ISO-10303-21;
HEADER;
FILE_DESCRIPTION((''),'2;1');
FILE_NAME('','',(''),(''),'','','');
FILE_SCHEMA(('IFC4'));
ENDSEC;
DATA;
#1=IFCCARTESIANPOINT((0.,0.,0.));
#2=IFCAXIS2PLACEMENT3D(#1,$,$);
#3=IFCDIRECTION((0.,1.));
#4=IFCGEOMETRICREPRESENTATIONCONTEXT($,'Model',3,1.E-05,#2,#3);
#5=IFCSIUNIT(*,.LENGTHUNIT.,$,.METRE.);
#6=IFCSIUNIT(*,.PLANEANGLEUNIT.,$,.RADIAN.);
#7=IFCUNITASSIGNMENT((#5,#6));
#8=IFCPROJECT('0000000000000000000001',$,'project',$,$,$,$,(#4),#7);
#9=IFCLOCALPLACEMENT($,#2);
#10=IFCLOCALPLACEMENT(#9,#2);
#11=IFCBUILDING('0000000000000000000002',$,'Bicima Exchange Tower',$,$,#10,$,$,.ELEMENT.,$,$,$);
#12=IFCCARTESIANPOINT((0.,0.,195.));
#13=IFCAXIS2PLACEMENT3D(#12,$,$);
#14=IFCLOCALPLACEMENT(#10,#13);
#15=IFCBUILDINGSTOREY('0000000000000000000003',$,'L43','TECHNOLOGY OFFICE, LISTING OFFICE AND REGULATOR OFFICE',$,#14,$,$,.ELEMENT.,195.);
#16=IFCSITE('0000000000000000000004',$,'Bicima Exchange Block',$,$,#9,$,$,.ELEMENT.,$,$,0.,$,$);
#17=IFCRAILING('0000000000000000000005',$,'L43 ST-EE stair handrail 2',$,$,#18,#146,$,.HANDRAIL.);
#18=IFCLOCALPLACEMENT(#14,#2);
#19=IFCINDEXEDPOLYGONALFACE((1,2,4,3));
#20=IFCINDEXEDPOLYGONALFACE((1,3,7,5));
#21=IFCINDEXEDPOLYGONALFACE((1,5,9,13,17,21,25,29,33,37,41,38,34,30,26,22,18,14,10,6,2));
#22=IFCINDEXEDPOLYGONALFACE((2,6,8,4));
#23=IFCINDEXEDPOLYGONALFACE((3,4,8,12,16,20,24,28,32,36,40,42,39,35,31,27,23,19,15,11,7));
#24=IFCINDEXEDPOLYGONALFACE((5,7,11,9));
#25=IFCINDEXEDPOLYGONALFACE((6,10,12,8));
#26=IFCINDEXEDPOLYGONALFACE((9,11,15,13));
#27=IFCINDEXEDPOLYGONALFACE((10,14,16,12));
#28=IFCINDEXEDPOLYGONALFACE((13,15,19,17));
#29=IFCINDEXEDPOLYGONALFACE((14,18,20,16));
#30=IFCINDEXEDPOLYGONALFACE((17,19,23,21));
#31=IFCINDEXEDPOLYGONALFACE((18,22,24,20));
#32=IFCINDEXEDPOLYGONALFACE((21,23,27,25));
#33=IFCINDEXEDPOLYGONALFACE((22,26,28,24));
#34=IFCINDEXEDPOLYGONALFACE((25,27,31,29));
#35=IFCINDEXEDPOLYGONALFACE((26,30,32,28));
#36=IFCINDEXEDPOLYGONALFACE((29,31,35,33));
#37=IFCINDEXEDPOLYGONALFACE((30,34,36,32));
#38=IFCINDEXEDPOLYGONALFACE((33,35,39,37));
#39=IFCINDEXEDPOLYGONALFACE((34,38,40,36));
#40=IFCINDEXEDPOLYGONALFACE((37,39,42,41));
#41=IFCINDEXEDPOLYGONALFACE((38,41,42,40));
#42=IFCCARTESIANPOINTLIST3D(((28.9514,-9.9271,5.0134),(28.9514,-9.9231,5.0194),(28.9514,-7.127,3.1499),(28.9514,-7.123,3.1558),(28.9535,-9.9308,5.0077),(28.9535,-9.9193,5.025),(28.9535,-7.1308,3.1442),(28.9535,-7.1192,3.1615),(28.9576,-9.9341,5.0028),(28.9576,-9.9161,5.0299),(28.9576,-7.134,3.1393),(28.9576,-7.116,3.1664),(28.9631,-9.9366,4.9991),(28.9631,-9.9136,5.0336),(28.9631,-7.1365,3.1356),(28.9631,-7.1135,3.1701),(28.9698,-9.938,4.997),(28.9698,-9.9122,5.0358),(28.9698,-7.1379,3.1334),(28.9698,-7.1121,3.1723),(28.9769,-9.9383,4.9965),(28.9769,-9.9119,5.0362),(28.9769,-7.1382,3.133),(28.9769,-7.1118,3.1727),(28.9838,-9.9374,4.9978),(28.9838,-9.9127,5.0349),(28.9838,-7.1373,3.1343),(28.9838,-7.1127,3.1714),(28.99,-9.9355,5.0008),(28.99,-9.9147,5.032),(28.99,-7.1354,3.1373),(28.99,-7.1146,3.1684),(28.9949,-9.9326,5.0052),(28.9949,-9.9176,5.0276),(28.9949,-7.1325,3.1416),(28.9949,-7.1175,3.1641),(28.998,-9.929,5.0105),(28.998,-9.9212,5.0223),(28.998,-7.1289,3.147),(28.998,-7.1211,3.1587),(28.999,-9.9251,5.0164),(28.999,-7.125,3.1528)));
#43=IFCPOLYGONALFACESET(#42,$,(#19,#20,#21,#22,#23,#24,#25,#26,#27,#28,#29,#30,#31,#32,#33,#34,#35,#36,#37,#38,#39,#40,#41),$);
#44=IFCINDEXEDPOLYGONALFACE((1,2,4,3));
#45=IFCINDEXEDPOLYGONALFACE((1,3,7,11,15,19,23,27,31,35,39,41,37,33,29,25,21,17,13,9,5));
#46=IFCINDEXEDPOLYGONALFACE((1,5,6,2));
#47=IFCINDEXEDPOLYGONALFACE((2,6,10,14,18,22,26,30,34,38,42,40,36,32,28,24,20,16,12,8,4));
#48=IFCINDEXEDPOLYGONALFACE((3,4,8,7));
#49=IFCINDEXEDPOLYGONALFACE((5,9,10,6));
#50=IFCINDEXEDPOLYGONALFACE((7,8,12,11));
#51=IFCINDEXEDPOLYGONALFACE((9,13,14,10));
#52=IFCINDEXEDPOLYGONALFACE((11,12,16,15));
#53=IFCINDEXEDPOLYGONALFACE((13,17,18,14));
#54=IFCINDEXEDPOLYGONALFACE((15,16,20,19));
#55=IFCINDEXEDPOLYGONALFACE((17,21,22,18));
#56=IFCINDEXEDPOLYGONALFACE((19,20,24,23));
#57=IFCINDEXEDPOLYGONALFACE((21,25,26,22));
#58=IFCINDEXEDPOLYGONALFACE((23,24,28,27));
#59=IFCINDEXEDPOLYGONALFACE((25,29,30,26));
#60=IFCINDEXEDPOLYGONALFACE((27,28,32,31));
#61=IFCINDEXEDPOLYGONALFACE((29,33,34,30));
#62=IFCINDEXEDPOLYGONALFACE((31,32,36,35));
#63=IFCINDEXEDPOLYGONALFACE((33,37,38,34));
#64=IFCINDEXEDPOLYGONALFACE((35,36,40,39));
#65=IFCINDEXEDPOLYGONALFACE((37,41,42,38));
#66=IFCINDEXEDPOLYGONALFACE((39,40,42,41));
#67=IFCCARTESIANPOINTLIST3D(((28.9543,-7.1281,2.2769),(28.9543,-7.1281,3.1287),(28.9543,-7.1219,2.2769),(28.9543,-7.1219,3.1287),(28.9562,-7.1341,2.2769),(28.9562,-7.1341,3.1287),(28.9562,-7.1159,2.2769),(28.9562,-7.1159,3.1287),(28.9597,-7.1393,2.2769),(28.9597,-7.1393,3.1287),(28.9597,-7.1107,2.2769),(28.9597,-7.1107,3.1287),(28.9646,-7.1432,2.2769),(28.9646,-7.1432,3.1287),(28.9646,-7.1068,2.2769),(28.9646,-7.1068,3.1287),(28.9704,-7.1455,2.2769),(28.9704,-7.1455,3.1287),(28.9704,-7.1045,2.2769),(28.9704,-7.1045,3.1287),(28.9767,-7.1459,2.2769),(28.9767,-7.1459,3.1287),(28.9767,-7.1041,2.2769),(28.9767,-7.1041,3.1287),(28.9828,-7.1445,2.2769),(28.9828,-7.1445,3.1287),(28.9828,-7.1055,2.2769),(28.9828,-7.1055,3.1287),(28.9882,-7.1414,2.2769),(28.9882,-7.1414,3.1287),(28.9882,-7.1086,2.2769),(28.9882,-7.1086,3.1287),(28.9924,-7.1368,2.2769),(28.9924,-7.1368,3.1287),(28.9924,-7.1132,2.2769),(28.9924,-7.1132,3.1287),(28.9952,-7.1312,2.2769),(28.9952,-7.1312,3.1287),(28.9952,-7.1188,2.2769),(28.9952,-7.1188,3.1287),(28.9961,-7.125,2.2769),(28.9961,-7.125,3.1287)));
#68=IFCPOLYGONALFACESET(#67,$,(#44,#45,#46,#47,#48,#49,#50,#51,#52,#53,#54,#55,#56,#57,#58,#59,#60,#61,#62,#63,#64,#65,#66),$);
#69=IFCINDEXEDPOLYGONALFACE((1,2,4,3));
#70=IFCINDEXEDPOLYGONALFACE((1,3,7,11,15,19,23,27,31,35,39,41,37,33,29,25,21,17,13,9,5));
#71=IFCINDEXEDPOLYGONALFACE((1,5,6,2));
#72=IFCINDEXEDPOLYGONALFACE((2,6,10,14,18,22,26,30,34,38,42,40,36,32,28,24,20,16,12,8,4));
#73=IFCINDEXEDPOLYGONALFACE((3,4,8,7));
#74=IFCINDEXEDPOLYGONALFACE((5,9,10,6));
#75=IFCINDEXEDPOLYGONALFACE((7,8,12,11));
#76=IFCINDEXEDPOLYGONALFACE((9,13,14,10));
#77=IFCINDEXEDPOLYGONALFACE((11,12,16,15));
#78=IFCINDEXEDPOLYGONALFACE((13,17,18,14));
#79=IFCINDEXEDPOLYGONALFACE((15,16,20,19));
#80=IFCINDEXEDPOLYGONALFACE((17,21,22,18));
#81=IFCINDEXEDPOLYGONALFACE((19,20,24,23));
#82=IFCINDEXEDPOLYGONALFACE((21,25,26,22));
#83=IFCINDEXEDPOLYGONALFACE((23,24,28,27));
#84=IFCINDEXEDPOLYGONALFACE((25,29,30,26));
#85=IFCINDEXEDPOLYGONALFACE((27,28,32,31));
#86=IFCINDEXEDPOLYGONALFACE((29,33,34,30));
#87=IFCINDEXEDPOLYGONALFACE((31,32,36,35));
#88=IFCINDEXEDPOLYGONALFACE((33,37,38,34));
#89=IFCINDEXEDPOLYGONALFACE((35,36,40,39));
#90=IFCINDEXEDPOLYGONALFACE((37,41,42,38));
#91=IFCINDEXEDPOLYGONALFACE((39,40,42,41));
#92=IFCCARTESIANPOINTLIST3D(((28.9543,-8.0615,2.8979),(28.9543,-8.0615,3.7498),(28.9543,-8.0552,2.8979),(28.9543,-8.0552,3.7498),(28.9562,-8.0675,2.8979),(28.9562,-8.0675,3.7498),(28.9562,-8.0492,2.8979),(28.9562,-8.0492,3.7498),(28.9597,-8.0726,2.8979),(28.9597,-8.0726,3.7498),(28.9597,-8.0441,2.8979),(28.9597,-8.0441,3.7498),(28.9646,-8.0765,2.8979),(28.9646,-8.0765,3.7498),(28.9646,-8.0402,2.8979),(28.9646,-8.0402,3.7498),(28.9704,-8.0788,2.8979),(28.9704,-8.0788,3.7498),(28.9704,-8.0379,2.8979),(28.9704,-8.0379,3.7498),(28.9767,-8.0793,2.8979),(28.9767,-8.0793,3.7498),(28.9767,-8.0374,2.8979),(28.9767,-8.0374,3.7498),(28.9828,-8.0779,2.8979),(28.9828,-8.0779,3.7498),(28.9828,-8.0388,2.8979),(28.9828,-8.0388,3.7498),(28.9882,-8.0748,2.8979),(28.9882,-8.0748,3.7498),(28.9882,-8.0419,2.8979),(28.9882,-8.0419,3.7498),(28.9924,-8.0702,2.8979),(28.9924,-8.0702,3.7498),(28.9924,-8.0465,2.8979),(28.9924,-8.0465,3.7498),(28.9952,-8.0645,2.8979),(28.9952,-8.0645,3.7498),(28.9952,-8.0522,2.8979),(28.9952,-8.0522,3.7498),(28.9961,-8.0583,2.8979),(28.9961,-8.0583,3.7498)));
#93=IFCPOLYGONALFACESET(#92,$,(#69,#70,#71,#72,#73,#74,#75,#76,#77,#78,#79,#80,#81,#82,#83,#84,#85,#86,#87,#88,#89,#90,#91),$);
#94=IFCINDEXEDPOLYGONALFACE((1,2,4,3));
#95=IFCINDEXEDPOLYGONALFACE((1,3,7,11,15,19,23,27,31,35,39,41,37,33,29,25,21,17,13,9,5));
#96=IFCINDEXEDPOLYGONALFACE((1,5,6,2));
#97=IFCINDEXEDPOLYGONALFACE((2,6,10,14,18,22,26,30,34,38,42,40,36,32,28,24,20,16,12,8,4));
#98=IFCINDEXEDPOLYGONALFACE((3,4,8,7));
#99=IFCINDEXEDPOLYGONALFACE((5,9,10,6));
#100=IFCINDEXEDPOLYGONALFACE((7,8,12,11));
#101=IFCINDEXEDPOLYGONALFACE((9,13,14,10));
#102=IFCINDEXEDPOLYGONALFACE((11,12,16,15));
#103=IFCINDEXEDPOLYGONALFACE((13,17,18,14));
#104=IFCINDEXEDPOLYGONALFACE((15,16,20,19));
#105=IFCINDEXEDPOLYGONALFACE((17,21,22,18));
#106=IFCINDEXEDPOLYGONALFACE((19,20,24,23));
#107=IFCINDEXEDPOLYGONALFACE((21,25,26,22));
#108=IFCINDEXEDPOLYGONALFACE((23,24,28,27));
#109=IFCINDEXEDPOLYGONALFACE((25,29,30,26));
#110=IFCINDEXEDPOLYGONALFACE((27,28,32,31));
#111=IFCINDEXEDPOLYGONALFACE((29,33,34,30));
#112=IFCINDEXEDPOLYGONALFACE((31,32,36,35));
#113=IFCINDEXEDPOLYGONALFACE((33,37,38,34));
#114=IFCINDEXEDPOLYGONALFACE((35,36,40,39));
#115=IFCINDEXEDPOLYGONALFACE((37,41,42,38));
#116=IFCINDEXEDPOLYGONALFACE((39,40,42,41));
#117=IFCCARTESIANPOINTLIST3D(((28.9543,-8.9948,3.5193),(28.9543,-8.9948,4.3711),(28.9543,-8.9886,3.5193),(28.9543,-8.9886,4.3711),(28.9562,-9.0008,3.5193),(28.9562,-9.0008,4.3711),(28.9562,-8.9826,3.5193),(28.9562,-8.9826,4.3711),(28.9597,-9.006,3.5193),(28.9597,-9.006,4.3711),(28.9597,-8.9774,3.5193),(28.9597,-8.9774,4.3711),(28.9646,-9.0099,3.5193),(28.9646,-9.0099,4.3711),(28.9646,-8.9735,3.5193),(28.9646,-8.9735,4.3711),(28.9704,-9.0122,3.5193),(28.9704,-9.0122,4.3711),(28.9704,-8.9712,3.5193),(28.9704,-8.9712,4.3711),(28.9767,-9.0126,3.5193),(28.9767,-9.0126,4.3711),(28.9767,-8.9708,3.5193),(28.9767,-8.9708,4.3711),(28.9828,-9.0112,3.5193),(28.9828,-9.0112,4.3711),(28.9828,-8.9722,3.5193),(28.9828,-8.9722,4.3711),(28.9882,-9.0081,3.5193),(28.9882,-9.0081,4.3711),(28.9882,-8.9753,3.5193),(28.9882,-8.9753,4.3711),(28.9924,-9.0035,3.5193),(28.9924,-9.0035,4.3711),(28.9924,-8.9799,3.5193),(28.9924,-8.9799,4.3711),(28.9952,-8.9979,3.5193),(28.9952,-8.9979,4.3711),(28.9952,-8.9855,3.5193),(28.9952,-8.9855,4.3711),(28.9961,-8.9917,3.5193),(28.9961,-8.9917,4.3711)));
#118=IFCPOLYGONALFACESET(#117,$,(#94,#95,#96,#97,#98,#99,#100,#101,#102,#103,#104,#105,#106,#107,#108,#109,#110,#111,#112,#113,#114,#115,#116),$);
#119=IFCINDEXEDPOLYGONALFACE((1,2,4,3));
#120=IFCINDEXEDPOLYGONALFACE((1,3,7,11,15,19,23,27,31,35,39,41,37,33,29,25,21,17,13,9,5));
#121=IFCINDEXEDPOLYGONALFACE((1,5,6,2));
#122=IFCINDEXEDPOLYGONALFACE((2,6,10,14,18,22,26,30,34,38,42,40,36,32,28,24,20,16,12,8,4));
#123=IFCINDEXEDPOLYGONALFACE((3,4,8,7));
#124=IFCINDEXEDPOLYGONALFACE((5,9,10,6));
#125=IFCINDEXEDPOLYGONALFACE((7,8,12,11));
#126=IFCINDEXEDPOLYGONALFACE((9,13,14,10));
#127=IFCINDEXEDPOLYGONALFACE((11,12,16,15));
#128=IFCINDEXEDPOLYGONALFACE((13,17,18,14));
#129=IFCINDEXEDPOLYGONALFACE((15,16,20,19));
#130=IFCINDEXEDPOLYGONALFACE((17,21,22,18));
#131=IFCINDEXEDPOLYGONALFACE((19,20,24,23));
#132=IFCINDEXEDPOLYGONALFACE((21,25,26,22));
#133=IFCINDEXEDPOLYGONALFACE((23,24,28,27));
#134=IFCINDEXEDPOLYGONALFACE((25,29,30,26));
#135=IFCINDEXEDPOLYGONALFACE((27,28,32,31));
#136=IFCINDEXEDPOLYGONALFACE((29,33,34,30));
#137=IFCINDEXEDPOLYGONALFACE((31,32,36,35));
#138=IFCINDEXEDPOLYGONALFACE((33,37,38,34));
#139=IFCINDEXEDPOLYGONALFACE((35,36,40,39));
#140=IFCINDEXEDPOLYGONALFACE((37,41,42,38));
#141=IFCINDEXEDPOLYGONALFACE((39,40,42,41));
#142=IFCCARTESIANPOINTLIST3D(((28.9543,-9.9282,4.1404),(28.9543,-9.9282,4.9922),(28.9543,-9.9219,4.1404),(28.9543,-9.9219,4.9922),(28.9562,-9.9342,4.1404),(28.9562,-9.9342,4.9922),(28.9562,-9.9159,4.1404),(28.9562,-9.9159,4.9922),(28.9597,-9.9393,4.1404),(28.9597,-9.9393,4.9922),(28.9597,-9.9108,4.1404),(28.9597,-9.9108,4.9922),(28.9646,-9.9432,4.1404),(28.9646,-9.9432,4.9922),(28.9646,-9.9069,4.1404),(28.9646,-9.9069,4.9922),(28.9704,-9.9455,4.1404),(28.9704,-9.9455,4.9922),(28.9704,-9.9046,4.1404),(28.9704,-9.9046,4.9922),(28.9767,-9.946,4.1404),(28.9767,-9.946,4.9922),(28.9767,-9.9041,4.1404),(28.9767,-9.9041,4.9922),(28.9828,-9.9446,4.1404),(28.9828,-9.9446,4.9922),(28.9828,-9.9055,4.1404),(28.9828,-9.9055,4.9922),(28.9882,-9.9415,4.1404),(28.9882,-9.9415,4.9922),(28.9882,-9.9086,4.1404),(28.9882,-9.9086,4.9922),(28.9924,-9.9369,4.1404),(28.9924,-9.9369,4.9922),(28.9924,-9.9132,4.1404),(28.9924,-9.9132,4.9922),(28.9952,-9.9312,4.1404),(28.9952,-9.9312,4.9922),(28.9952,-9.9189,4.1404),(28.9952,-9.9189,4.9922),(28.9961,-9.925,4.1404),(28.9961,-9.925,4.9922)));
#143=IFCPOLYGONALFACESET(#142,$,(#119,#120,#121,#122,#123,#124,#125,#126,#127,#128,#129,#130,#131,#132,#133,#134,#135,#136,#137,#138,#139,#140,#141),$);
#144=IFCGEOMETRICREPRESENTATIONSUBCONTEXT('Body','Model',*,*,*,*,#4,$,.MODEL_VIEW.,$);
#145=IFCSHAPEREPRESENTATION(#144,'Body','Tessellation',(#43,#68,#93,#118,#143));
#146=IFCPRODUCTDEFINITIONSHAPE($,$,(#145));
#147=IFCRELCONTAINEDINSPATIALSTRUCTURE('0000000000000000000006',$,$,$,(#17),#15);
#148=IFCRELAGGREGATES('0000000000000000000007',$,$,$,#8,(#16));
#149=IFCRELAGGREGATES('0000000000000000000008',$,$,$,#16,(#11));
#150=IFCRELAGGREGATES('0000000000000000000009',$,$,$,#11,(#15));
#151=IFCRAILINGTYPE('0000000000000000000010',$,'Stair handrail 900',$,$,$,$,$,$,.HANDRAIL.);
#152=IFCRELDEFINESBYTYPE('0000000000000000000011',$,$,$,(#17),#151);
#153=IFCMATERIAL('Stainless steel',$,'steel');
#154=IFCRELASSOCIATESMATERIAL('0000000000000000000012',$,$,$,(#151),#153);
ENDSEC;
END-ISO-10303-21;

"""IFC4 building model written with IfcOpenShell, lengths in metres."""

from ifc_helpers import new_model, si_unit, direction, frame, origin, origin_2d, place, context, subcontext, project, spatial, circle, extrude, material, type_object, element, save


model = new_model("IFC4")

# Units and contexts
model_context = context("Model", 3, precision=1e-05, world=origin(), true_north=direction((0.0, 1.0)))
body_context = subcontext(model_context, "Body", "Model", "MODEL_VIEW")
ifc_project = project(units=[si_unit("LENGTHUNIT", "METRE"), si_unit("PLANEANGLEUNIT", "RADIAN")], contexts=[model_context])

# Site, building, storey
site_placement = place(None, origin())
site = spatial("IfcSite", under=ifc_project, at=site_placement, Name="Bicima Exchange Block", CompositionType="ELEMENT", RefElevation=0.0)
building_placement = place(site_placement, origin())
building = spatial("IfcBuilding", under=site, at=building_placement, Name="Bicima Exchange Tower", CompositionType="ELEMENT")
storey_placement = place(building_placement, frame((0.0, 0.0, 195.0)))
storey = spatial("IfcBuildingStorey", under=building, at=storey_placement, Name="L43", Description="TECHNOLOGY OFFICE, LISTING OFFICE AND REGULATOR OFFICE", CompositionType="ELEMENT", Elevation=195.0)

# Railing
ifc_material_1 = material(Name="Stainless steel", Category="steel")
railing_type_1 = type_object("IfcRailingType", Name="Stair handrail 900", PredefinedType="HANDRAIL", material=ifc_material_1)
railing_1_placement = place(storey_placement, frame((28.9751, -7.125, 2.2769)))
element("IfcRailing", 1, at=railing_1_placement, inside=storey, type_object=railing_type_1, Name="L43 ST-EE stair handrail 2", PredefinedType="HANDRAIL", context=body_context, shape_type="SweptSolid", body=[
    extrude(circle(Radius=0.0239, at=origin_2d()), frame((0.0, 0.0, 0.876), z_axis=(0.0, -0.832486, 0.554047), x_axis=(1.0, 0.0, 0.0)), (0.0, 0.0, 1.0), 3.3635),
    extrude(circle(Radius=0.021, at=origin_2d()), origin(), (0.0, 0.0, 1.0), 0.8518),
    extrude(circle(Radius=0.021, at=origin_2d()), frame((0.0, -0.9333, 0.6211)), (0.0, 0.0, 1.0), 0.8518),
    extrude(circle(Radius=0.021, at=origin_2d()), frame((0.0, -1.8667, 1.2424)), (0.0, 0.0, 1.0), 0.8518),
    extrude(circle(Radius=0.021, at=origin_2d()), frame((0.0, -2.8, 1.8635)), (0.0, 0.0, 1.0), 0.8518),
])

save(model, "model.ifc")
